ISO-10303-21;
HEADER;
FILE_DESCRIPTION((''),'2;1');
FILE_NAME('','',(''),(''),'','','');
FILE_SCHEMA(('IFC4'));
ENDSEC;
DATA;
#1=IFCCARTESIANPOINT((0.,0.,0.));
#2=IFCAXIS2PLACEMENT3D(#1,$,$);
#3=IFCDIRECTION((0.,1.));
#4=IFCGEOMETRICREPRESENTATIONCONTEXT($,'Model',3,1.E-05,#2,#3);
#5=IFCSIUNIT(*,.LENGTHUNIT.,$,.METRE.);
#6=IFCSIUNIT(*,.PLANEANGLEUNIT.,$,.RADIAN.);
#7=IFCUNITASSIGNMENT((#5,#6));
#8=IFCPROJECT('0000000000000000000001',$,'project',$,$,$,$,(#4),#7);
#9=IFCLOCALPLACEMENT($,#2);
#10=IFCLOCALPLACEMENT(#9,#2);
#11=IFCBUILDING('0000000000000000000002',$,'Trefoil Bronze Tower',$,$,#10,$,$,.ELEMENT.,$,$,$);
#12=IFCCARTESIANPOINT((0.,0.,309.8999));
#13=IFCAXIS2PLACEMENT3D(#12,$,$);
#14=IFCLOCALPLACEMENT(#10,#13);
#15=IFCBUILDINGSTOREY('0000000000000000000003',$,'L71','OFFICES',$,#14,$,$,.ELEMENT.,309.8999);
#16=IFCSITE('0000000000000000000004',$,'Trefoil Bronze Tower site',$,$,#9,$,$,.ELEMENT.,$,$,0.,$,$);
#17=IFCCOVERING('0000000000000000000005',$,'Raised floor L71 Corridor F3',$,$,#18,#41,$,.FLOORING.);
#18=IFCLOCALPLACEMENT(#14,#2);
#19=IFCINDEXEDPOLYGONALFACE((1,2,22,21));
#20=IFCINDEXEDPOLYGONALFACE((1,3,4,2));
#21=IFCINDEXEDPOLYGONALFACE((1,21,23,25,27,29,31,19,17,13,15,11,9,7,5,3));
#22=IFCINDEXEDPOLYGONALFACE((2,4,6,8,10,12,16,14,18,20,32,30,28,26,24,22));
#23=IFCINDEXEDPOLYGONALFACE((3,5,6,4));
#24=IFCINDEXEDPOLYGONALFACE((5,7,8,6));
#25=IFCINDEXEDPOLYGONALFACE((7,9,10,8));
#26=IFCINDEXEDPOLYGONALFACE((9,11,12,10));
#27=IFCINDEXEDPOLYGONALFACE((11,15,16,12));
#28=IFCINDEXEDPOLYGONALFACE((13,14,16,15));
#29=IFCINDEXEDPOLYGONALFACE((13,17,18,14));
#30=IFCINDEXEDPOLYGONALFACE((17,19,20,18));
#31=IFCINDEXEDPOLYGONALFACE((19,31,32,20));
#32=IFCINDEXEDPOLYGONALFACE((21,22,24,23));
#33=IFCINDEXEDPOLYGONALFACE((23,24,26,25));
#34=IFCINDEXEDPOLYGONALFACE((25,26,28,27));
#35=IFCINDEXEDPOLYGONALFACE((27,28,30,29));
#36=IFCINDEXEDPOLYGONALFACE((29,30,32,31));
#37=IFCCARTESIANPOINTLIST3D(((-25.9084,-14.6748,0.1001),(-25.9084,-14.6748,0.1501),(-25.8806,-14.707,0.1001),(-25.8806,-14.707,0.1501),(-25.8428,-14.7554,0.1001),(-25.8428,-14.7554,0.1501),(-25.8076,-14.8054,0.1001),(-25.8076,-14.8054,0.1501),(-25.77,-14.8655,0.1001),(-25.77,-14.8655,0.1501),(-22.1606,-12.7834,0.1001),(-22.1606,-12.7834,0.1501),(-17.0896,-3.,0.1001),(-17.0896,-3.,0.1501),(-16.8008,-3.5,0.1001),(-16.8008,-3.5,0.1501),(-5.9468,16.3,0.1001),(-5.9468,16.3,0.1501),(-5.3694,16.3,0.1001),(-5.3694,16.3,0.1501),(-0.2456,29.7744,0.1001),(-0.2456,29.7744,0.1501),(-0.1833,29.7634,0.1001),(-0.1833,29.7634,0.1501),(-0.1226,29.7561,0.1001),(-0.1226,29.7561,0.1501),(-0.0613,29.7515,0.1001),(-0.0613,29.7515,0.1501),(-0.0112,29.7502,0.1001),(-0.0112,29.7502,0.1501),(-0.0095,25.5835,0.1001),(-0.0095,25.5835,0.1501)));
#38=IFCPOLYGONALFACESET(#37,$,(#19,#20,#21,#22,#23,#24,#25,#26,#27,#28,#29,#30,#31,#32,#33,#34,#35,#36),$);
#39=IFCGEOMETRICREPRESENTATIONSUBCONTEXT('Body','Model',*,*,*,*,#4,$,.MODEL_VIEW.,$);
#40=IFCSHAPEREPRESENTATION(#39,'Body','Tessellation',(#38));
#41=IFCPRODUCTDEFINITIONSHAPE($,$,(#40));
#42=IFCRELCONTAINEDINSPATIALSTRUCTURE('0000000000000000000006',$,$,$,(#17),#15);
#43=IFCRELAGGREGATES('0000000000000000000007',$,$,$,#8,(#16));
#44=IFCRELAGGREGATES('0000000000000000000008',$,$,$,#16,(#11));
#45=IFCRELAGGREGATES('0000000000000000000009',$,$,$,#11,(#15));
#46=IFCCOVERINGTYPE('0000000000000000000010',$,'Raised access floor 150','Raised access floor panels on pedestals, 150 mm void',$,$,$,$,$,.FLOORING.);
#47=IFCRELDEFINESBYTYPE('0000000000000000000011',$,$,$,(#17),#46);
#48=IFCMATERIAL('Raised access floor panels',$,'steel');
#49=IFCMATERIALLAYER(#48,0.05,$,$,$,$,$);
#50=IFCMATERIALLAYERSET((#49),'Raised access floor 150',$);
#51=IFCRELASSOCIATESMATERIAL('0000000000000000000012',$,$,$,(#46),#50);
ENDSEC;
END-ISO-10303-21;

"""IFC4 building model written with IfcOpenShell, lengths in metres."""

from ifc_helpers import new_model, si_unit, direction, frame, origin, place, context, subcontext, project, spatial, polyline, outline, extrude, material, layer, layer_set, type_object, element, save


model = new_model("IFC4")

# Units and contexts
model_context = context("Model", 3, precision=1e-05, world=origin(), true_north=direction((0.0, 1.0)))
body_context = subcontext(model_context, "Body", "Model", "MODEL_VIEW")
ifc_project = project(units=[si_unit("LENGTHUNIT", "METRE"), si_unit("PLANEANGLEUNIT", "RADIAN")], contexts=[model_context])

# Site, building, storey
site_placement = place(None, origin())
site = spatial("IfcSite", under=ifc_project, at=site_placement, Name="Trefoil Bronze Tower site", CompositionType="ELEMENT", RefElevation=0.0)
building_placement = place(site_placement, origin())
building = spatial("IfcBuilding", under=site, at=building_placement, Name="Trefoil Bronze Tower", CompositionType="ELEMENT")
storey_placement = place(building_placement, frame((0.0, 0.0, 309.8999)))
storey = spatial("IfcBuildingStorey", under=building, at=storey_placement, Name="L71", Description="OFFICES", CompositionType="ELEMENT", Elevation=309.8999)

# Covering
ifc_material_1 = material(Name="Raised access floor panels", Category="steel")
ifc_layer_1 = layer(ifc_material_1, 0.05)
ifc_layer_set_1 = layer_set([ifc_layer_1], Name="Raised access floor 150")
covering_type_1 = type_object("IfcCoveringType", Name="Raised access floor 150", Description="Raised access floor panels on pedestals, 150 mm void", PredefinedType="FLOORING", material=ifc_layer_set_1)
covering_1_placement = place(storey_placement, frame((0.0, 0.0, 0.1001)))
element("IfcCovering", 1, at=covering_1_placement, inside=storey, type_object=covering_type_1, Name="Raised floor L71 Corridor F3", PredefinedType="FLOORING", context=body_context, shape_type="SweptSolid", body=[
    extrude(outline(polyline([(-0.0613, 29.7515), (-0.0112, 29.7502), (-0.0095, 25.5835), (-5.3694, 16.3), (-5.9468, 16.3), (-17.0896, -3.0), (-16.8008, -3.5), (-22.1606, -12.7834), (-25.77, -14.8655), (-25.8076, -14.8054), (-25.8428, -14.7554), (-25.8806, -14.707), (-25.9084, -14.6748), (-0.2456, 29.7744), (-0.1833, 29.7634), (-0.1226, 29.7561), (-0.0613, 29.7515)])), origin(), (0.0, 0.0, 1.0), 0.05),
])

save(model, "model.ifc")
